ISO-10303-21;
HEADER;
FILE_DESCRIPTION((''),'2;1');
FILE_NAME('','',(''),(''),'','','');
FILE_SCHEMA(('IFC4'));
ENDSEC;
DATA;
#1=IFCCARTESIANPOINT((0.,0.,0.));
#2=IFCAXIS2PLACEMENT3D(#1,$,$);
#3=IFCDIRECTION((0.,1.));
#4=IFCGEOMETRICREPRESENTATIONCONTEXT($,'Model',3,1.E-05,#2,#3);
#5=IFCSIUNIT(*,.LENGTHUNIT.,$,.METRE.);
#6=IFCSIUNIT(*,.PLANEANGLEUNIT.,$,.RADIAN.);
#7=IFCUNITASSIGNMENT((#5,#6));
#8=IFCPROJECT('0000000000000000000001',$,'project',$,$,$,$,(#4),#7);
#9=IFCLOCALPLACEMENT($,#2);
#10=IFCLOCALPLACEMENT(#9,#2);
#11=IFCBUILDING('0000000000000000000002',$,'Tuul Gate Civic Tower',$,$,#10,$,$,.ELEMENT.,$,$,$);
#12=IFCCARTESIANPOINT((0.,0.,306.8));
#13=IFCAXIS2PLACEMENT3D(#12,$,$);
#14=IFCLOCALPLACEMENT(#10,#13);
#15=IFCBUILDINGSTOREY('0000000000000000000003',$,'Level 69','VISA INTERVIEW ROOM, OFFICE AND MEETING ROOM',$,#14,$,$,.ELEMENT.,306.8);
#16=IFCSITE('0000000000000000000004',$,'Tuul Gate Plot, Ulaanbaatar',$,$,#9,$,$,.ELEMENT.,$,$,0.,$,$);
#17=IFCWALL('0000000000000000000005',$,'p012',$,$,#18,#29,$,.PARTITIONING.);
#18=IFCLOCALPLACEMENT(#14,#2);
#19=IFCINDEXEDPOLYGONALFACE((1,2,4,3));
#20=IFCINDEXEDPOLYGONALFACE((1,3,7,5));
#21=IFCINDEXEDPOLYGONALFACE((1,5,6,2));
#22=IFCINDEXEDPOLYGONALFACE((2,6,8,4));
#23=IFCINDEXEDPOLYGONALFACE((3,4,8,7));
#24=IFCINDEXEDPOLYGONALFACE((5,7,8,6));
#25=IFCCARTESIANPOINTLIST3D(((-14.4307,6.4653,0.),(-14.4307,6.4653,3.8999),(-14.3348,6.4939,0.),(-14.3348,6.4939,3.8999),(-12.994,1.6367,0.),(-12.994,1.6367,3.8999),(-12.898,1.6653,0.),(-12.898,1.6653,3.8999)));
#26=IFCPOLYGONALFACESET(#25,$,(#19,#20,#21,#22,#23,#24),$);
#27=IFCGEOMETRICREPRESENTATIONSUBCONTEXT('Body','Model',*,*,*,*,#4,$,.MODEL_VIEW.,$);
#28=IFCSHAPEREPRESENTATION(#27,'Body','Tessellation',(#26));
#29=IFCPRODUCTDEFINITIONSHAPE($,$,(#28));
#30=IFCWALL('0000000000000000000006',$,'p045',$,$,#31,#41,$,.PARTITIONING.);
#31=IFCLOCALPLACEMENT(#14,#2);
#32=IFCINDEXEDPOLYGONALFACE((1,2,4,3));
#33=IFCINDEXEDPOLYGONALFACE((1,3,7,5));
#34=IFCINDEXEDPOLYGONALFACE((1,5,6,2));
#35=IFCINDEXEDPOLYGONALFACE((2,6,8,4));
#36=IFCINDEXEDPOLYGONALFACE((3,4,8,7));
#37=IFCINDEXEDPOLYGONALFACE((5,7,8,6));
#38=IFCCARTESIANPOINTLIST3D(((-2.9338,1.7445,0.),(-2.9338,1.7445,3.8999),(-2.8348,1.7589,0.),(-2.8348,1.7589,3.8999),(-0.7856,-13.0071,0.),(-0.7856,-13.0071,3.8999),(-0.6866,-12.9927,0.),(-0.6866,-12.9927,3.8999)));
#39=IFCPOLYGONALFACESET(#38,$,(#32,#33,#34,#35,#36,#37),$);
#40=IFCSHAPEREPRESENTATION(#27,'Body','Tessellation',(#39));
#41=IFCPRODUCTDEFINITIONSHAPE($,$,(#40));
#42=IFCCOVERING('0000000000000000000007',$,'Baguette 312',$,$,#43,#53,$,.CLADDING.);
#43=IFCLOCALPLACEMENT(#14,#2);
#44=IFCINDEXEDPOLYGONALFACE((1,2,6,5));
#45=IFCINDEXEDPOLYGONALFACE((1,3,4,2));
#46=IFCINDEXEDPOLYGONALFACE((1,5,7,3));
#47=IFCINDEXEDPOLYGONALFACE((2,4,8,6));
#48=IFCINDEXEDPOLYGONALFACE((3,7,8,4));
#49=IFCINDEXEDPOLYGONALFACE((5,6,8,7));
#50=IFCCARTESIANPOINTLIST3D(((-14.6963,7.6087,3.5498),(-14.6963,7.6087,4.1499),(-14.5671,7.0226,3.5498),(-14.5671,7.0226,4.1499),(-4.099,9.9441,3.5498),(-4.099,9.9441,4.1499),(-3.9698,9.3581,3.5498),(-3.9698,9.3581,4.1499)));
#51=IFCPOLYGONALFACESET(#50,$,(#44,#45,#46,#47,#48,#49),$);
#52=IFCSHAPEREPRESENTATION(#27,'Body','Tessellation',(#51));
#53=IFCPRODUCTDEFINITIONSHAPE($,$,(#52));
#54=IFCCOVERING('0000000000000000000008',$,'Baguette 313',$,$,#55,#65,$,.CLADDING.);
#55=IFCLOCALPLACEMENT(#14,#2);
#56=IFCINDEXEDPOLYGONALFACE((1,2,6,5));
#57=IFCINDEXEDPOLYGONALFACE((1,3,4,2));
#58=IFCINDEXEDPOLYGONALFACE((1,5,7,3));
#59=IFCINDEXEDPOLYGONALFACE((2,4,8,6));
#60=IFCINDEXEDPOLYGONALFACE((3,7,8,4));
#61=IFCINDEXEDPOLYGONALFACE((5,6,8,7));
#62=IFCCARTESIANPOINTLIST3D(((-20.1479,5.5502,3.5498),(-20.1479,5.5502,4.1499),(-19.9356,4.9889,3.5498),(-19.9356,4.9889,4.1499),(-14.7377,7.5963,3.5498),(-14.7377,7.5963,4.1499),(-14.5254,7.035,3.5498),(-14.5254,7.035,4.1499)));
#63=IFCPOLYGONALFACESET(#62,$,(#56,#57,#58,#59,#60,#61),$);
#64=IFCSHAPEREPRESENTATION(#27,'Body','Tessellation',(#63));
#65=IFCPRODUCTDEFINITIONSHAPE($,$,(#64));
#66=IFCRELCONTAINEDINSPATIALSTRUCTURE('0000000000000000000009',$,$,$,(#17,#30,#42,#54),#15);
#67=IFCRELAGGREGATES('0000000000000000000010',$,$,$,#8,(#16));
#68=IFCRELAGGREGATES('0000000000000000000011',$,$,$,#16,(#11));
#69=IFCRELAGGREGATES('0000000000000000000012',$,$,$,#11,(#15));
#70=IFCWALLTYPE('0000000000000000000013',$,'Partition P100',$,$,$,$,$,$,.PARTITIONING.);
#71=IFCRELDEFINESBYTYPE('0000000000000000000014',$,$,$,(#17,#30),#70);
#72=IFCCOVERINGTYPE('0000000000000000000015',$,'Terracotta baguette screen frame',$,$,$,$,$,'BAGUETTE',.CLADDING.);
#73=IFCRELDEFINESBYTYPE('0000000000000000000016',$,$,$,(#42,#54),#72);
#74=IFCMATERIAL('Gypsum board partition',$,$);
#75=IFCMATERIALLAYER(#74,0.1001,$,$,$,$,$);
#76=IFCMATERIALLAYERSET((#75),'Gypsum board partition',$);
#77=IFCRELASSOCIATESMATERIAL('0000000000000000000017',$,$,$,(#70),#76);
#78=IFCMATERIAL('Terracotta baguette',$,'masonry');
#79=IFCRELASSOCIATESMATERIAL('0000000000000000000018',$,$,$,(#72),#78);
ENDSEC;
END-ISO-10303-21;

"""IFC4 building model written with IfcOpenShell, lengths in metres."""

from ifc_helpers import new_model, si_unit, direction, frame, frame_2d, origin, origin_2d, place, context, subcontext, project, spatial, rectangle, extrude, material, layer, layer_set, material_profile, profile_set, type_object, element, save


model = new_model("IFC4")

# Units and contexts
model_context = context("Model", 3, precision=1e-05, world=origin(), true_north=direction((0.0, 1.0)))
body_context = subcontext(model_context, "Body", "Model", "MODEL_VIEW")
ifc_project = project(units=[si_unit("LENGTHUNIT", "METRE"), si_unit("PLANEANGLEUNIT", "RADIAN")], contexts=[model_context])

# Site, building, storey
site_placement = place(None, origin())
site = spatial("IfcSite", under=ifc_project, at=site_placement, Name="Tuul Gate Plot, Ulaanbaatar", CompositionType="ELEMENT", RefElevation=0.0)
building_placement = place(site_placement, origin())
building = spatial("IfcBuilding", under=site, at=building_placement, Name="Tuul Gate Civic Tower", CompositionType="ELEMENT")
storey_placement = place(building_placement, frame((0.0, 0.0, 306.8)))
storey = spatial("IfcBuildingStorey", under=building, at=storey_placement, Name="Level 69", Description="VISA INTERVIEW ROOM, OFFICE AND MEETING ROOM", CompositionType="ELEMENT", Elevation=306.8)

# Walls
ifc_material_1 = material(Name="Gypsum board partition")
ifc_layer_1 = layer(ifc_material_1, 0.1001)
ifc_layer_set_1 = layer_set([ifc_layer_1], Name="Gypsum board partition")
wall_type_1 = type_object("IfcWallType", Name="Partition P100", PredefinedType="PARTITIONING", material=ifc_layer_set_1)
wall_1_placement = place(storey_placement, frame((-14.3828, 6.4797, 0.0), z_axis=(0.0, 0.0, 1.0), x_axis=(0.285195, -0.958469, 0.0)))
element("IfcWall", 1, at=wall_1_placement, inside=storey, type_object=wall_type_1, Name="p012", PredefinedType="PARTITIONING", context=body_context, shape_type="SweptSolid", body=[
    extrude(rectangle(XDim=5.0378, YDim=0.1001, at=frame_2d((2.519, 0.0))), origin(), (0.0, 0.0, 1.0), 3.8999),
])
wall_2_placement = place(storey_placement, frame((-2.8843, 1.7517, 0.0), z_axis=(0.0, 0.0, 1.0), x_axis=(0.144103, -0.989563, 0.0)))
element("IfcWall", 2, at=wall_2_placement, inside=storey, type_object=wall_type_1, Name="p045", PredefinedType="PARTITIONING", context=body_context, shape_type="SweptSolid", body=[
    extrude(rectangle(XDim=14.9072, YDim=0.1001, at=frame_2d((7.4536, 0.0))), origin(), (0.0, 0.0, 1.0), 3.8999),
])

# Coverings
ifc_material_2 = material(Name="Terracotta baguette", Category="masonry")
ifc_material_profile_1 = material_profile(ifc_material_2, rectangle(XDim=0.6001, YDim=0.6001, at=origin_2d()), Name="Terracotta baguette screen frame")
ifc_profile_set_1 = profile_set([ifc_material_profile_1], Name="Terracotta baguette")
covering_type = type_object("IfcCoveringType", Name="Terracotta baguette screen frame", ElementType="BAGUETTE", PredefinedType="CLADDING", material=ifc_profile_set_1)
covering_1_placement = place(storey_placement, frame((-4.0344, 9.6511, 3.8499), z_axis=(-0.976566, -0.21522, 0.0), x_axis=(0.21522, -0.976566, 0.0)))
element("IfcCovering", 3, at=covering_1_placement, inside=storey, type_object=covering_type, Name="Baguette 312", PredefinedType="CLADDING", context=body_context, shape_type="SweptSolid", body=[
    extrude(rectangle(XDim=0.6001, YDim=0.6001, at=origin_2d()), origin(), (0.0, 0.0, 1.0), 10.8516),
])
covering_2_placement = place(storey_placement, frame((-14.6316, 7.3157, 3.8499), z_axis=(-0.93534, -0.353749, 0.0), x_axis=(0.353749, -0.93534, 0.0)))
element("IfcCovering", 4, at=covering_2_placement, inside=storey, type_object=covering_type, Name="Baguette 313", PredefinedType="CLADDING", context=body_context, shape_type="SweptSolid", body=[
    extrude(rectangle(XDim=0.6001, YDim=0.6001, at=origin_2d()), origin(), (0.0, 0.0, 1.0), 5.7842),
])

save(model, "model.ifc")
